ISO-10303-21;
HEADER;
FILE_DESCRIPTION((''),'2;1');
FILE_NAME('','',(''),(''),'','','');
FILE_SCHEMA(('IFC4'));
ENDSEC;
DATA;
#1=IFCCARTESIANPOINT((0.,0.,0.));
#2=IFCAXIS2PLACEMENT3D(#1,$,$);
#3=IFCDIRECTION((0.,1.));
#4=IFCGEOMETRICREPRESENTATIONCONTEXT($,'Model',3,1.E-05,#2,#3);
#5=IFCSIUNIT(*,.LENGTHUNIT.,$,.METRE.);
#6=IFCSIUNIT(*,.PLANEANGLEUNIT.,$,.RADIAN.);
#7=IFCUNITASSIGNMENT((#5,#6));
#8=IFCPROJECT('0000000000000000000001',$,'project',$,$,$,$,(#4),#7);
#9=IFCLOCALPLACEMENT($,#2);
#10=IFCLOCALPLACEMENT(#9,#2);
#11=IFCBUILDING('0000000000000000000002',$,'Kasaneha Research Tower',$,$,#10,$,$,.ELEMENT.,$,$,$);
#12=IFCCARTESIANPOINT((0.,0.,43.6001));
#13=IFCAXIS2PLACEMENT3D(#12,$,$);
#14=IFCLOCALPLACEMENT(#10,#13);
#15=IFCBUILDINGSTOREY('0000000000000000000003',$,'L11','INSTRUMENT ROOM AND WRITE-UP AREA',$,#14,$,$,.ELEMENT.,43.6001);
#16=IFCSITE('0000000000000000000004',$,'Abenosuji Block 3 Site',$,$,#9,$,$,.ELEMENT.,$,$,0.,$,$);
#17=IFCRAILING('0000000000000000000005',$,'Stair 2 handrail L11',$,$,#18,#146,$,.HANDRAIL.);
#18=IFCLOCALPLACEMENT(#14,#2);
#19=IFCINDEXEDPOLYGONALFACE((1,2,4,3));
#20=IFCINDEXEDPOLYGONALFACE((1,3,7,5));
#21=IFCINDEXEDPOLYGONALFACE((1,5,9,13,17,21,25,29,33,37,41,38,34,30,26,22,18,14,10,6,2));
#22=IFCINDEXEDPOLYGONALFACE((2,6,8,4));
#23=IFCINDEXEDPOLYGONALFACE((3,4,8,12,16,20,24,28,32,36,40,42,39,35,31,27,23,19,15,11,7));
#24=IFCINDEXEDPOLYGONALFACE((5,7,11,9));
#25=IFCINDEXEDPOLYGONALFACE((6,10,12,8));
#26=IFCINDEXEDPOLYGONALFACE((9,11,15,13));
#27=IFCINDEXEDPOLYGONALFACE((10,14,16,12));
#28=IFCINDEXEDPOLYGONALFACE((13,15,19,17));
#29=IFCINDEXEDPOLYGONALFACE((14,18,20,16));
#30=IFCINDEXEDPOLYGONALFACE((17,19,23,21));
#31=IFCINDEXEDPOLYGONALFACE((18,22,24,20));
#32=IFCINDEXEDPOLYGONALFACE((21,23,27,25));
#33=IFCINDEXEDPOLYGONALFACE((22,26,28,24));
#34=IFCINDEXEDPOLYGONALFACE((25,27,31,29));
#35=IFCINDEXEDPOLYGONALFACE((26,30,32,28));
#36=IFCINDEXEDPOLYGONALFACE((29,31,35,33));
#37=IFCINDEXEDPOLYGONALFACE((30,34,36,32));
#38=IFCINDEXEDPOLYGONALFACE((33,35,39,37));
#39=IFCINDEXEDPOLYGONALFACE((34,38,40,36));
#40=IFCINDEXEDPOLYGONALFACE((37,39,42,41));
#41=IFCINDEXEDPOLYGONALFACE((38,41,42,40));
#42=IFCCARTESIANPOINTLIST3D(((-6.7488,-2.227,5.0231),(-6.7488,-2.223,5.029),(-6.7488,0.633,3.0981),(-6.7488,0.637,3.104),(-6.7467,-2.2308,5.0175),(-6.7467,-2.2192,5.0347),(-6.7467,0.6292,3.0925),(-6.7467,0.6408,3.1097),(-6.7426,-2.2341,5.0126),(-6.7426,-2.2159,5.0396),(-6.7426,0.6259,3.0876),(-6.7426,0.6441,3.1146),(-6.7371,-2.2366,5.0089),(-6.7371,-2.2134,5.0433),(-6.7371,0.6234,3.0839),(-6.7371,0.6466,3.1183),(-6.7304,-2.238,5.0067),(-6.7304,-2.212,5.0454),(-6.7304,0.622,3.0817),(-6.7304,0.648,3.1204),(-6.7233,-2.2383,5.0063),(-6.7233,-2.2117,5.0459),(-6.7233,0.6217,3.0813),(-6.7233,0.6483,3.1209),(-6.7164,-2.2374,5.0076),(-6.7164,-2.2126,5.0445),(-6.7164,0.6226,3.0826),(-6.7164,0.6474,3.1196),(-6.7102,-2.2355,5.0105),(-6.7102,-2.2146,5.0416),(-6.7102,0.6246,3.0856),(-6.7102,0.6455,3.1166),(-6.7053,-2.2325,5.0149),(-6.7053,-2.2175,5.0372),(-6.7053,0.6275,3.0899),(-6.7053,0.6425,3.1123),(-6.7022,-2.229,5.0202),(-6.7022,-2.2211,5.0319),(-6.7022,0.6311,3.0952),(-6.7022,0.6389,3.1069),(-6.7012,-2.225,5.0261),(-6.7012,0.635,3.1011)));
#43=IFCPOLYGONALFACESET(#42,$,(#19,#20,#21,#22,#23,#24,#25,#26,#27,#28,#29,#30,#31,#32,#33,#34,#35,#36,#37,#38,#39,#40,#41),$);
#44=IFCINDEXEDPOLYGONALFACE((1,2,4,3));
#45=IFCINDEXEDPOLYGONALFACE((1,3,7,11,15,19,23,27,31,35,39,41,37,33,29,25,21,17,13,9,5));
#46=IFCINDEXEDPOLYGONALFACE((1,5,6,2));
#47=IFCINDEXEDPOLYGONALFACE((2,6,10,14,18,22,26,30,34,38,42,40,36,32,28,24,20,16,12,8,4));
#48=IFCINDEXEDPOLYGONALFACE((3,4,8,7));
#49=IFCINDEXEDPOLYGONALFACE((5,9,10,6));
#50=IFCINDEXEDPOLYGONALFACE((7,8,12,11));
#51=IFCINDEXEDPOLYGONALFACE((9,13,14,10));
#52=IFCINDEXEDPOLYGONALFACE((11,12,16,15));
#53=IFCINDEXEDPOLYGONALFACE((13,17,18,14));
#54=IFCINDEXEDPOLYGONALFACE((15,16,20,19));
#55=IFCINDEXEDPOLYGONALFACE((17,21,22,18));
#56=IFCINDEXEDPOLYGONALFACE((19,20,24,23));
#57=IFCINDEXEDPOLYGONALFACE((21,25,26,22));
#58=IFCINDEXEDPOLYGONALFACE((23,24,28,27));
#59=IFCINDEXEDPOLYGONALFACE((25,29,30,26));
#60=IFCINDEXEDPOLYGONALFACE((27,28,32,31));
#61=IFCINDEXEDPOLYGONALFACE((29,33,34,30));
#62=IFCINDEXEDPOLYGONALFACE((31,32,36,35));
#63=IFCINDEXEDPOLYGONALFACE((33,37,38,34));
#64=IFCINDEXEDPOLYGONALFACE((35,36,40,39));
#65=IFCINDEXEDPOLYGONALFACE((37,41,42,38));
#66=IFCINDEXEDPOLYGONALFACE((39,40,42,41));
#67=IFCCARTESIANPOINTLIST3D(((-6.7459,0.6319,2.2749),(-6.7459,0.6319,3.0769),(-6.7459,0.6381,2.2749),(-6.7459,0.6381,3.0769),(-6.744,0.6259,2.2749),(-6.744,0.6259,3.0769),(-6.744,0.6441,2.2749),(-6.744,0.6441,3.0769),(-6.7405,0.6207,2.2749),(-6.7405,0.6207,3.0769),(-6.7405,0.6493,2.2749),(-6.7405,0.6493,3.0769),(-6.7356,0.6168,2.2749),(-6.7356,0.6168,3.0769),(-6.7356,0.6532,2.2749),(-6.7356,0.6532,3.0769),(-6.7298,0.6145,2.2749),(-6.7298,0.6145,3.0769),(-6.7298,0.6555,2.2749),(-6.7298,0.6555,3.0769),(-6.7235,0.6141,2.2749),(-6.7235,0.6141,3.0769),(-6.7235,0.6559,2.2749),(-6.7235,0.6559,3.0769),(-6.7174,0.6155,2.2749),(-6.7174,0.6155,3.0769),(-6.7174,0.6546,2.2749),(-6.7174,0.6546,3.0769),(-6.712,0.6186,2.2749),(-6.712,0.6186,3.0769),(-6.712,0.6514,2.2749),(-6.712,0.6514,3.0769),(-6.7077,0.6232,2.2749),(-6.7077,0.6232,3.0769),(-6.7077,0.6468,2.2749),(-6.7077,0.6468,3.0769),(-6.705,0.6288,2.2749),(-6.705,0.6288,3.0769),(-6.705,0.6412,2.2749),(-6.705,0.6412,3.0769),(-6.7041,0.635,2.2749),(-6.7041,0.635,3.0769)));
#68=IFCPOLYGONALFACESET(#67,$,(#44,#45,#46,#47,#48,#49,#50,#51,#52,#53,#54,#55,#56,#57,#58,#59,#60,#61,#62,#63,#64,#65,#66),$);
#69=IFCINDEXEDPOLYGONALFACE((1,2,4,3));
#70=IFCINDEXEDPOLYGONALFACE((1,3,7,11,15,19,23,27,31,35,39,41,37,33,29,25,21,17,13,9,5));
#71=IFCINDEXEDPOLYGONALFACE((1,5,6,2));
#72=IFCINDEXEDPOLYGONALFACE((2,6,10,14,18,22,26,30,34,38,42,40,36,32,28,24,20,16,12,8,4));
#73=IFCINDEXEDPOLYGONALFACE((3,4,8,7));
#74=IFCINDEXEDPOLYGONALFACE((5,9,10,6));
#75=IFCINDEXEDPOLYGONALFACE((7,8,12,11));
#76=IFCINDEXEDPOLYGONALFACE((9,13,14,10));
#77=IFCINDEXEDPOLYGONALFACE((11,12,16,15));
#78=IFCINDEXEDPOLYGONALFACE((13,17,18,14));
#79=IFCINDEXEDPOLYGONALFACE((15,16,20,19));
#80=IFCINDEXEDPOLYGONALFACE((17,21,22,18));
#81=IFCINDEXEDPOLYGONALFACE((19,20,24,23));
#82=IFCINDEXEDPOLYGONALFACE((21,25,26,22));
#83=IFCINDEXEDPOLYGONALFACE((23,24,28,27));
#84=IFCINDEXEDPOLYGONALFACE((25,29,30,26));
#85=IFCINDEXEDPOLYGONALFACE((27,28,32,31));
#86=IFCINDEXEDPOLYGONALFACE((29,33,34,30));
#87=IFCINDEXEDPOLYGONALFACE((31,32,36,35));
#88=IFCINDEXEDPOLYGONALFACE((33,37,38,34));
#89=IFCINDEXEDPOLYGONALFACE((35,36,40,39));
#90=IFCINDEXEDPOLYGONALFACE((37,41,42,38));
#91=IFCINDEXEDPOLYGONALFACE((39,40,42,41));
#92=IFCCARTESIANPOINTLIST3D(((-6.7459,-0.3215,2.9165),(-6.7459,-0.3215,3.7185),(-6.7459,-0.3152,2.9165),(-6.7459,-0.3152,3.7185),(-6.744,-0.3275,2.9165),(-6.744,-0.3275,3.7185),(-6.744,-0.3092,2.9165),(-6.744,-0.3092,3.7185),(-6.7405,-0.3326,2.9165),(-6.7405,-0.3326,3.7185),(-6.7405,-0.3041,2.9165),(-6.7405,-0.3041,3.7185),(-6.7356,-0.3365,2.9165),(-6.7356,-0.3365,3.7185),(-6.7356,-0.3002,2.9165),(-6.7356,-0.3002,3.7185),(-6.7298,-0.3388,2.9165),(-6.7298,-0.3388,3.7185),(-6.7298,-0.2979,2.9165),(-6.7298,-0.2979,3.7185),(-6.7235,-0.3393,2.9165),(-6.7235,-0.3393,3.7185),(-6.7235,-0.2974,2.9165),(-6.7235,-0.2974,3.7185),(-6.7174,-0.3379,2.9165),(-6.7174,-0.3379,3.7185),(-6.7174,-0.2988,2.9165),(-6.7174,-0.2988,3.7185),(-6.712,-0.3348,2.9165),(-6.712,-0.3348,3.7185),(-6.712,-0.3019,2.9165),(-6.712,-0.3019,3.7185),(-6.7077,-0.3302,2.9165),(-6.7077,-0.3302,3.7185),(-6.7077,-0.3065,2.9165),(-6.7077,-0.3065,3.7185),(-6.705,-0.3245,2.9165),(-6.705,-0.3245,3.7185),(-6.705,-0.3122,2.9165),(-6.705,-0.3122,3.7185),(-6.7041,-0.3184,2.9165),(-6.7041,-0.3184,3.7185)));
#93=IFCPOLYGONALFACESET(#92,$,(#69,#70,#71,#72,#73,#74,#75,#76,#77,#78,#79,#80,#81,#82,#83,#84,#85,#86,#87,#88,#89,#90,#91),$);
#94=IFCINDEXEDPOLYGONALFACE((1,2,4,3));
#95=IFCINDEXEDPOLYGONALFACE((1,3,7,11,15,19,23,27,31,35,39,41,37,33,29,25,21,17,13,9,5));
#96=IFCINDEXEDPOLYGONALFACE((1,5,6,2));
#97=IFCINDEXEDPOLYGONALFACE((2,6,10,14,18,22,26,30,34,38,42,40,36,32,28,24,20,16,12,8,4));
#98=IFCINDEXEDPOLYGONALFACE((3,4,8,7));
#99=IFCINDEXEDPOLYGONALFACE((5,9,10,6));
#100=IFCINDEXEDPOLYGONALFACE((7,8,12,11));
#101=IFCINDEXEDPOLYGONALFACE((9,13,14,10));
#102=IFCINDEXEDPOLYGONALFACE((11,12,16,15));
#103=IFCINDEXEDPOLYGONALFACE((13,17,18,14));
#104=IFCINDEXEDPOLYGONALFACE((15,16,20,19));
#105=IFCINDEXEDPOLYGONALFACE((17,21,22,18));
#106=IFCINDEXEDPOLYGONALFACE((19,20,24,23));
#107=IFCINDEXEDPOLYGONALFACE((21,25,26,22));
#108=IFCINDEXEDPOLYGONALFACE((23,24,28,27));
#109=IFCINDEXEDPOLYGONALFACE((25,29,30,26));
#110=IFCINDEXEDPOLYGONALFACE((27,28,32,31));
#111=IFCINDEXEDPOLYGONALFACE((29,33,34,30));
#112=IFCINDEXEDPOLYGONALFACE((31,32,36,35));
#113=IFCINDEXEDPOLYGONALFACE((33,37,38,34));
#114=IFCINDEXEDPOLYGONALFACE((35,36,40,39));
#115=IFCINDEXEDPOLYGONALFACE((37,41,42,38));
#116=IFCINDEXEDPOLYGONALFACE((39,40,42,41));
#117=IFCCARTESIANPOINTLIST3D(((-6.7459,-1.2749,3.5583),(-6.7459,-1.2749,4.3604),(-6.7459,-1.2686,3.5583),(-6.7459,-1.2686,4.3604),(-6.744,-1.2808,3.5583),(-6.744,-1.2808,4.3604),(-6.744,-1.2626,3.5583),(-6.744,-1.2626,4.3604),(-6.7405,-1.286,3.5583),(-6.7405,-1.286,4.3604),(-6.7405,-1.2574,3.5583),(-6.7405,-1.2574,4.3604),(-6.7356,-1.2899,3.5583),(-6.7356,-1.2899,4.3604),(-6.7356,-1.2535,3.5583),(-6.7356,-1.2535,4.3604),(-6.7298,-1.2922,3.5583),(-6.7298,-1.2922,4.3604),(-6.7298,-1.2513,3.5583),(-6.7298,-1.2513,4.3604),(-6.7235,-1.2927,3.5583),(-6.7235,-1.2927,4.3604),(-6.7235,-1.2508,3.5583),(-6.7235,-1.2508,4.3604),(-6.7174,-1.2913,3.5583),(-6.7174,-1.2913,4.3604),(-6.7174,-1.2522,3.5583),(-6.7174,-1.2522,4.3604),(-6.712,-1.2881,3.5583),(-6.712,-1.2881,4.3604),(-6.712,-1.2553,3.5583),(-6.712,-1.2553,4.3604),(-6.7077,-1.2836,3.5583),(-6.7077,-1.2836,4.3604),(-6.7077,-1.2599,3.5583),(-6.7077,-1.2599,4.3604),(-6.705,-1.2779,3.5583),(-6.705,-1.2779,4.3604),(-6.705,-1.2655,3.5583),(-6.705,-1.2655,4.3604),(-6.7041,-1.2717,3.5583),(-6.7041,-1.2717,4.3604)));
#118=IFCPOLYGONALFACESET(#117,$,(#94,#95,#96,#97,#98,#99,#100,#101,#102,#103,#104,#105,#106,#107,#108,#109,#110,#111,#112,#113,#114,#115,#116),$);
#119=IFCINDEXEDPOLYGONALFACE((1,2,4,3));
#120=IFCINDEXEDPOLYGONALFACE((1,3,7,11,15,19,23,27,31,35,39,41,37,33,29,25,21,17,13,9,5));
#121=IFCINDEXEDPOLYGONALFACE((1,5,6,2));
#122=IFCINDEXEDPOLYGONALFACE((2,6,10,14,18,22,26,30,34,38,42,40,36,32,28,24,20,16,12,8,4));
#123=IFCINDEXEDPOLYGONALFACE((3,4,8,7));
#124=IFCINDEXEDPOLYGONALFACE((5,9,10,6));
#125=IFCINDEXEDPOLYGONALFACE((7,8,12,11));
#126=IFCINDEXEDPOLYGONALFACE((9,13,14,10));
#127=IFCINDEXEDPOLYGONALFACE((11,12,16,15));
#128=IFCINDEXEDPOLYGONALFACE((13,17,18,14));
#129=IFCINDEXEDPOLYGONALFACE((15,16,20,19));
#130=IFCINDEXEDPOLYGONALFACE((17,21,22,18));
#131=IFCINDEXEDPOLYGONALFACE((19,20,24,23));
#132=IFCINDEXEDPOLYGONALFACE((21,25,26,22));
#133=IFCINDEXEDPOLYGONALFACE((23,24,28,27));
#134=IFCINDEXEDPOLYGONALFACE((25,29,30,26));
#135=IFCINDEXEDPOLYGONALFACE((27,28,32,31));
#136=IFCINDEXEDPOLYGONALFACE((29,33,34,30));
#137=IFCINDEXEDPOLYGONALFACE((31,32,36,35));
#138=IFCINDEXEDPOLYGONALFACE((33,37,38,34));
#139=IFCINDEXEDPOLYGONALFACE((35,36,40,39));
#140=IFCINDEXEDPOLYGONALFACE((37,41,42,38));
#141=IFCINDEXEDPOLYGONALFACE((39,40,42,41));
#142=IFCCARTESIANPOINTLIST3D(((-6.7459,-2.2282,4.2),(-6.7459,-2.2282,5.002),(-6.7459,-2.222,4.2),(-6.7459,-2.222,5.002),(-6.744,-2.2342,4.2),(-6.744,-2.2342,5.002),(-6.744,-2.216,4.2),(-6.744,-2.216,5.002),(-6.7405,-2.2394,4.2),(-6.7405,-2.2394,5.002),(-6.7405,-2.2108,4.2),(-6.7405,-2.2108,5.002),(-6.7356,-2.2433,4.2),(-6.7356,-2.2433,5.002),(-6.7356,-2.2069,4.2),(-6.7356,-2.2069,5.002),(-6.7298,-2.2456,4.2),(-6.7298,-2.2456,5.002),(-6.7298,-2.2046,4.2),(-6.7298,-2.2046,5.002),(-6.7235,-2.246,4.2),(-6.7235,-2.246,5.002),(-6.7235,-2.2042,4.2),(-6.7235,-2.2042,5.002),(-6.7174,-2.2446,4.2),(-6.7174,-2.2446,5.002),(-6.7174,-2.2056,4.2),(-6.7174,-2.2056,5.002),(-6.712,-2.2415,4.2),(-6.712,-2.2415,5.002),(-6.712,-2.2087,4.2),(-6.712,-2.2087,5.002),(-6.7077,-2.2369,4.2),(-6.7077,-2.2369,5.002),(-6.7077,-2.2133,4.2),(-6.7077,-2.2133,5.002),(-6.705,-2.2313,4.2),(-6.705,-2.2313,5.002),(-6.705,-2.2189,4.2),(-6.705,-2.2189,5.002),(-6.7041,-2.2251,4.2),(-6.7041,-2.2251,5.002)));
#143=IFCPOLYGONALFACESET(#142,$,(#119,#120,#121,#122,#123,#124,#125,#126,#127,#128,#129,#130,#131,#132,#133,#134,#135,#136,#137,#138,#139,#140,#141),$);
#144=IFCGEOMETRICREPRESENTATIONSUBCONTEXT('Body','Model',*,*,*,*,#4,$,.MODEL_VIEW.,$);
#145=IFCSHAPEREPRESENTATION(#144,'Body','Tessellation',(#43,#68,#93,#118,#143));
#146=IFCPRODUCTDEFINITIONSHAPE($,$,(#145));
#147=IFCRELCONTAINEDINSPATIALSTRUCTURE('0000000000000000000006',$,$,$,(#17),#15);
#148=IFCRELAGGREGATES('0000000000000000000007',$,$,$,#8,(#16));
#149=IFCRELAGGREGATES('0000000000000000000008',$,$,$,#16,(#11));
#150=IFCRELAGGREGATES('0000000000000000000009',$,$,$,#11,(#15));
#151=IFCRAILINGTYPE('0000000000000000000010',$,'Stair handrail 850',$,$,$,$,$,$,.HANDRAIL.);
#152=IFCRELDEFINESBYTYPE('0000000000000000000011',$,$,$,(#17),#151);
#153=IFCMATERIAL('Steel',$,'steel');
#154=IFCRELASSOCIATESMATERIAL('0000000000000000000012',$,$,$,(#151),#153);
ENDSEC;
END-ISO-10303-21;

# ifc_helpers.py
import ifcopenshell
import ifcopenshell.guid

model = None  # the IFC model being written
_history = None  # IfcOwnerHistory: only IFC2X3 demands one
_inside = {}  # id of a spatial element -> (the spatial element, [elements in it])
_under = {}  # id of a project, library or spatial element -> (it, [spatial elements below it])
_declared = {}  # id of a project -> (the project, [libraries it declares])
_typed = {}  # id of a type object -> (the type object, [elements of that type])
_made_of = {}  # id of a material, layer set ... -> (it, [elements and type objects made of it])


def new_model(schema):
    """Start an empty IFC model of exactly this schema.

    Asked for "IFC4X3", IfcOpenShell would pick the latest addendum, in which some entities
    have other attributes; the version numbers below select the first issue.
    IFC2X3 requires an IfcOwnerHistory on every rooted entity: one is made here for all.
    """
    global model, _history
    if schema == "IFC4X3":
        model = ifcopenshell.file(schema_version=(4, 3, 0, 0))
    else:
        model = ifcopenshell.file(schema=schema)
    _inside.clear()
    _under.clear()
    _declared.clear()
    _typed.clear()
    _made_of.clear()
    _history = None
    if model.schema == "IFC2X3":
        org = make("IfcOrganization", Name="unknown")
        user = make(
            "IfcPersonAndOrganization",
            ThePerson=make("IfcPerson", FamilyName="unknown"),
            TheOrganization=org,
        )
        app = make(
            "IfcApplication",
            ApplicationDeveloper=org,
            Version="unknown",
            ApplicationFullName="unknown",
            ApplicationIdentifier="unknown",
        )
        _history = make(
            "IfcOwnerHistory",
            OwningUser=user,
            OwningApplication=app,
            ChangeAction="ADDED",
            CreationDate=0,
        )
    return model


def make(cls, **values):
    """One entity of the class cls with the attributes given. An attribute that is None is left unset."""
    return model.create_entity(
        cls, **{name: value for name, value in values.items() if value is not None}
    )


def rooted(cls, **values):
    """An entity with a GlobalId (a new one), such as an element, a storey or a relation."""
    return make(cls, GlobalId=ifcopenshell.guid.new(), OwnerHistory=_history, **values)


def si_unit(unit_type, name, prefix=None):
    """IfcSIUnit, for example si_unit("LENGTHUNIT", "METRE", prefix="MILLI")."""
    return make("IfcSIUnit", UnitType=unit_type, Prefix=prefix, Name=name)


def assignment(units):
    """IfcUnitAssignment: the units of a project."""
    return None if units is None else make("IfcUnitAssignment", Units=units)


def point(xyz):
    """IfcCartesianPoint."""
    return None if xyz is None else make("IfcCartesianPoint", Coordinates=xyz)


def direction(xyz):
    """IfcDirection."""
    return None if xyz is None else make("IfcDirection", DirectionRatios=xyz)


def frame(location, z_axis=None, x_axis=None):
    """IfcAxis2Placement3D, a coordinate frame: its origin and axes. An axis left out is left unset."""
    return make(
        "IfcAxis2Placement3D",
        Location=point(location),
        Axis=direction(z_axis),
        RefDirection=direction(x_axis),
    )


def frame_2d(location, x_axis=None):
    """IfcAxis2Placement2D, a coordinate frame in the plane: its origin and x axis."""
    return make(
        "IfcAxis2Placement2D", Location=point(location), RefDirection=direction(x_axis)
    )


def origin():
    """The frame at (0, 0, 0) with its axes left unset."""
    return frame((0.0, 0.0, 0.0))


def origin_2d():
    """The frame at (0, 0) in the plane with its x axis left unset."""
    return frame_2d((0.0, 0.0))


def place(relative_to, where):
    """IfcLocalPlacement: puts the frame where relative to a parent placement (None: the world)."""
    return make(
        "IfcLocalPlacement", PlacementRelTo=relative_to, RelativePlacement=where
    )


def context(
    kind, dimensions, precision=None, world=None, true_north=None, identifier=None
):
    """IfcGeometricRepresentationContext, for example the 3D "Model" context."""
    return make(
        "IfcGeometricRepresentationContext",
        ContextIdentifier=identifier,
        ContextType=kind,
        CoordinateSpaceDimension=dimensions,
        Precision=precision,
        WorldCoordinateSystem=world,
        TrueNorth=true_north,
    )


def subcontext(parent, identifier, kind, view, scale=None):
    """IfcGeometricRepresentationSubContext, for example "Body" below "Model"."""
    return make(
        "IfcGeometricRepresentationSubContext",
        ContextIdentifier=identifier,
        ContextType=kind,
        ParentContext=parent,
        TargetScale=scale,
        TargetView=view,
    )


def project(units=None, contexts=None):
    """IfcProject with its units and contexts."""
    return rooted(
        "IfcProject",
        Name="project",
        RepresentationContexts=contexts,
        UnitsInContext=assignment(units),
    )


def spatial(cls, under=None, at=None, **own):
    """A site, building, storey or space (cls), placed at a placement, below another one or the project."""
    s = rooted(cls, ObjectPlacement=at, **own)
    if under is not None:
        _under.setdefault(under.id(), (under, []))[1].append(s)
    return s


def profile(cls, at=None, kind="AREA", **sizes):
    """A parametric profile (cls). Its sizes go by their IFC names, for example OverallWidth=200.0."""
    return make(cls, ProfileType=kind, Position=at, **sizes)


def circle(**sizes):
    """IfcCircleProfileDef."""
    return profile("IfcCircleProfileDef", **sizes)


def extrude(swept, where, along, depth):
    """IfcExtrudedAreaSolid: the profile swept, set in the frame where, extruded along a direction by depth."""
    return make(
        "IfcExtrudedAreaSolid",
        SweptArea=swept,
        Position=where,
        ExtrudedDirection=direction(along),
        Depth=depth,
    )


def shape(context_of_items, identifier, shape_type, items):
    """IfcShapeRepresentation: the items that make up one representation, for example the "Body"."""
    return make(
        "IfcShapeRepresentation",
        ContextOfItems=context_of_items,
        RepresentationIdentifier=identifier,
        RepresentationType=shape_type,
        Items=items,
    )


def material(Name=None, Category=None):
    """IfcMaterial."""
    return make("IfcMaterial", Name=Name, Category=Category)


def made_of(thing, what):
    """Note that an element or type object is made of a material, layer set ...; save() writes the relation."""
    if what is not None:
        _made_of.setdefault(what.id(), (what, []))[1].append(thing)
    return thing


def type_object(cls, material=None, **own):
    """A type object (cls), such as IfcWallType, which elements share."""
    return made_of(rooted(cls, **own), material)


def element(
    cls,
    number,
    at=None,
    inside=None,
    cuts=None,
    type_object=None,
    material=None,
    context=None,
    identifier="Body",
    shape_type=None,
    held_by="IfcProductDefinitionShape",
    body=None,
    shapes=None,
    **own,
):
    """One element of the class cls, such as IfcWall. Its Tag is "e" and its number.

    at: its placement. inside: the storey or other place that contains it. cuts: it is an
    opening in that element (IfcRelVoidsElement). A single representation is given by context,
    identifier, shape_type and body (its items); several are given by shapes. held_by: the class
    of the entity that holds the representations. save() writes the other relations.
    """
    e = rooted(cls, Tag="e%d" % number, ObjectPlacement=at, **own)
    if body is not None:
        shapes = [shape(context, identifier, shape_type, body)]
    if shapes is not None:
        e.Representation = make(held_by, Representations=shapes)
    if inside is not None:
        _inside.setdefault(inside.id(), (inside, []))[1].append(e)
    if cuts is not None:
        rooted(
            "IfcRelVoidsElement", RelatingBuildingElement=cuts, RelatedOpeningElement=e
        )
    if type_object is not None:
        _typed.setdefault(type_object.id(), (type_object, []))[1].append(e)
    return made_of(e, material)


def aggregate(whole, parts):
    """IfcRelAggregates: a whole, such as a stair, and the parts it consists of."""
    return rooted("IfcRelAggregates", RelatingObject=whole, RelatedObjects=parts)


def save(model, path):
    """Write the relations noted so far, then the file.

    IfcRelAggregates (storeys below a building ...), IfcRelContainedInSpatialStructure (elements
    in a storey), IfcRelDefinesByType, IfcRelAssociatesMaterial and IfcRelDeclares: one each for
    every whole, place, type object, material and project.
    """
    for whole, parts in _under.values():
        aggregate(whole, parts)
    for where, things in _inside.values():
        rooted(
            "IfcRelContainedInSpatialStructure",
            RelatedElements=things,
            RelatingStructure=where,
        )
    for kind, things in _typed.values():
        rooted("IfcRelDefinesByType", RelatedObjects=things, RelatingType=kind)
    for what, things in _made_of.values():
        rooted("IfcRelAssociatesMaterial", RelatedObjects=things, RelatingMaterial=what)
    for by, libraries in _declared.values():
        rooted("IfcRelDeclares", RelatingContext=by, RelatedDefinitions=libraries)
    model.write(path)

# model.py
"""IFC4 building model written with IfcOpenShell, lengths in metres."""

from ifc_helpers import new_model, si_unit, direction, frame, origin, origin_2d, place, context, subcontext, project, spatial, circle, extrude, material, type_object, element, save


model = new_model("IFC4")

# Units and contexts
model_context = context("Model", 3, precision=1e-05, world=origin(), true_north=direction((0.0, 1.0)))
body_context = subcontext(model_context, "Body", "Model", "MODEL_VIEW")
ifc_project = project(units=[si_unit("LENGTHUNIT", "METRE"), si_unit("PLANEANGLEUNIT", "RADIAN")], contexts=[model_context])

# Site, building, storey
site_placement = place(None, origin())
site = spatial("IfcSite", under=ifc_project, at=site_placement, Name="Abenosuji Block 3 Site", CompositionType="ELEMENT", RefElevation=0.0)
building_placement = place(site_placement, origin())
building = spatial("IfcBuilding", under=site, at=building_placement, Name="Kasaneha Research Tower", CompositionType="ELEMENT")
storey_placement = place(building_placement, frame((0.0, 0.0, 43.6001)))
storey = spatial("IfcBuildingStorey", under=building, at=storey_placement, Name="L11", Description="INSTRUMENT ROOM AND WRITE-UP AREA", CompositionType="ELEMENT", Elevation=43.6001)

# Railing
ifc_material_1 = material(Name="Steel", Category="steel")
railing_type_1 = type_object("IfcRailingType", Name="Stair handrail 850", PredefinedType="HANDRAIL", material=ifc_material_1)
railing_1_placement = place(storey_placement, frame((-6.7251, 0.635, 2.2749)))
element("IfcRailing", 1, at=railing_1_placement, inside=storey, type_object=railing_type_1, Name="Stair 2 handrail L11", PredefinedType="HANDRAIL", context=body_context, shape_type="SweptSolid", body=[
    extrude(circle(Radius=0.0239, at=origin_2d()), frame((0.0, 0.0, 0.8262), z_axis=(0.0, -0.829591, 0.558372), x_axis=(1.0, 0.0, 0.0)), (0.0, 0.0, 1.0), 3.4475),
    extrude(circle(Radius=0.021, at=origin_2d()), origin(), (0.0, 0.0, 1.0), 0.802),
    extrude(circle(Radius=0.021, at=origin_2d()), frame((0.0, -0.9534, 0.6416)), (0.0, 0.0, 1.0), 0.802),
    extrude(circle(Radius=0.021, at=origin_2d()), frame((0.0, -1.9067, 1.2834)), (0.0, 0.0, 1.0), 0.802),
    extrude(circle(Radius=0.021, at=origin_2d()), frame((0.0, -2.8601, 1.925)), (0.0, 0.0, 1.0), 0.802),
])

save(model, "model.ifc")
